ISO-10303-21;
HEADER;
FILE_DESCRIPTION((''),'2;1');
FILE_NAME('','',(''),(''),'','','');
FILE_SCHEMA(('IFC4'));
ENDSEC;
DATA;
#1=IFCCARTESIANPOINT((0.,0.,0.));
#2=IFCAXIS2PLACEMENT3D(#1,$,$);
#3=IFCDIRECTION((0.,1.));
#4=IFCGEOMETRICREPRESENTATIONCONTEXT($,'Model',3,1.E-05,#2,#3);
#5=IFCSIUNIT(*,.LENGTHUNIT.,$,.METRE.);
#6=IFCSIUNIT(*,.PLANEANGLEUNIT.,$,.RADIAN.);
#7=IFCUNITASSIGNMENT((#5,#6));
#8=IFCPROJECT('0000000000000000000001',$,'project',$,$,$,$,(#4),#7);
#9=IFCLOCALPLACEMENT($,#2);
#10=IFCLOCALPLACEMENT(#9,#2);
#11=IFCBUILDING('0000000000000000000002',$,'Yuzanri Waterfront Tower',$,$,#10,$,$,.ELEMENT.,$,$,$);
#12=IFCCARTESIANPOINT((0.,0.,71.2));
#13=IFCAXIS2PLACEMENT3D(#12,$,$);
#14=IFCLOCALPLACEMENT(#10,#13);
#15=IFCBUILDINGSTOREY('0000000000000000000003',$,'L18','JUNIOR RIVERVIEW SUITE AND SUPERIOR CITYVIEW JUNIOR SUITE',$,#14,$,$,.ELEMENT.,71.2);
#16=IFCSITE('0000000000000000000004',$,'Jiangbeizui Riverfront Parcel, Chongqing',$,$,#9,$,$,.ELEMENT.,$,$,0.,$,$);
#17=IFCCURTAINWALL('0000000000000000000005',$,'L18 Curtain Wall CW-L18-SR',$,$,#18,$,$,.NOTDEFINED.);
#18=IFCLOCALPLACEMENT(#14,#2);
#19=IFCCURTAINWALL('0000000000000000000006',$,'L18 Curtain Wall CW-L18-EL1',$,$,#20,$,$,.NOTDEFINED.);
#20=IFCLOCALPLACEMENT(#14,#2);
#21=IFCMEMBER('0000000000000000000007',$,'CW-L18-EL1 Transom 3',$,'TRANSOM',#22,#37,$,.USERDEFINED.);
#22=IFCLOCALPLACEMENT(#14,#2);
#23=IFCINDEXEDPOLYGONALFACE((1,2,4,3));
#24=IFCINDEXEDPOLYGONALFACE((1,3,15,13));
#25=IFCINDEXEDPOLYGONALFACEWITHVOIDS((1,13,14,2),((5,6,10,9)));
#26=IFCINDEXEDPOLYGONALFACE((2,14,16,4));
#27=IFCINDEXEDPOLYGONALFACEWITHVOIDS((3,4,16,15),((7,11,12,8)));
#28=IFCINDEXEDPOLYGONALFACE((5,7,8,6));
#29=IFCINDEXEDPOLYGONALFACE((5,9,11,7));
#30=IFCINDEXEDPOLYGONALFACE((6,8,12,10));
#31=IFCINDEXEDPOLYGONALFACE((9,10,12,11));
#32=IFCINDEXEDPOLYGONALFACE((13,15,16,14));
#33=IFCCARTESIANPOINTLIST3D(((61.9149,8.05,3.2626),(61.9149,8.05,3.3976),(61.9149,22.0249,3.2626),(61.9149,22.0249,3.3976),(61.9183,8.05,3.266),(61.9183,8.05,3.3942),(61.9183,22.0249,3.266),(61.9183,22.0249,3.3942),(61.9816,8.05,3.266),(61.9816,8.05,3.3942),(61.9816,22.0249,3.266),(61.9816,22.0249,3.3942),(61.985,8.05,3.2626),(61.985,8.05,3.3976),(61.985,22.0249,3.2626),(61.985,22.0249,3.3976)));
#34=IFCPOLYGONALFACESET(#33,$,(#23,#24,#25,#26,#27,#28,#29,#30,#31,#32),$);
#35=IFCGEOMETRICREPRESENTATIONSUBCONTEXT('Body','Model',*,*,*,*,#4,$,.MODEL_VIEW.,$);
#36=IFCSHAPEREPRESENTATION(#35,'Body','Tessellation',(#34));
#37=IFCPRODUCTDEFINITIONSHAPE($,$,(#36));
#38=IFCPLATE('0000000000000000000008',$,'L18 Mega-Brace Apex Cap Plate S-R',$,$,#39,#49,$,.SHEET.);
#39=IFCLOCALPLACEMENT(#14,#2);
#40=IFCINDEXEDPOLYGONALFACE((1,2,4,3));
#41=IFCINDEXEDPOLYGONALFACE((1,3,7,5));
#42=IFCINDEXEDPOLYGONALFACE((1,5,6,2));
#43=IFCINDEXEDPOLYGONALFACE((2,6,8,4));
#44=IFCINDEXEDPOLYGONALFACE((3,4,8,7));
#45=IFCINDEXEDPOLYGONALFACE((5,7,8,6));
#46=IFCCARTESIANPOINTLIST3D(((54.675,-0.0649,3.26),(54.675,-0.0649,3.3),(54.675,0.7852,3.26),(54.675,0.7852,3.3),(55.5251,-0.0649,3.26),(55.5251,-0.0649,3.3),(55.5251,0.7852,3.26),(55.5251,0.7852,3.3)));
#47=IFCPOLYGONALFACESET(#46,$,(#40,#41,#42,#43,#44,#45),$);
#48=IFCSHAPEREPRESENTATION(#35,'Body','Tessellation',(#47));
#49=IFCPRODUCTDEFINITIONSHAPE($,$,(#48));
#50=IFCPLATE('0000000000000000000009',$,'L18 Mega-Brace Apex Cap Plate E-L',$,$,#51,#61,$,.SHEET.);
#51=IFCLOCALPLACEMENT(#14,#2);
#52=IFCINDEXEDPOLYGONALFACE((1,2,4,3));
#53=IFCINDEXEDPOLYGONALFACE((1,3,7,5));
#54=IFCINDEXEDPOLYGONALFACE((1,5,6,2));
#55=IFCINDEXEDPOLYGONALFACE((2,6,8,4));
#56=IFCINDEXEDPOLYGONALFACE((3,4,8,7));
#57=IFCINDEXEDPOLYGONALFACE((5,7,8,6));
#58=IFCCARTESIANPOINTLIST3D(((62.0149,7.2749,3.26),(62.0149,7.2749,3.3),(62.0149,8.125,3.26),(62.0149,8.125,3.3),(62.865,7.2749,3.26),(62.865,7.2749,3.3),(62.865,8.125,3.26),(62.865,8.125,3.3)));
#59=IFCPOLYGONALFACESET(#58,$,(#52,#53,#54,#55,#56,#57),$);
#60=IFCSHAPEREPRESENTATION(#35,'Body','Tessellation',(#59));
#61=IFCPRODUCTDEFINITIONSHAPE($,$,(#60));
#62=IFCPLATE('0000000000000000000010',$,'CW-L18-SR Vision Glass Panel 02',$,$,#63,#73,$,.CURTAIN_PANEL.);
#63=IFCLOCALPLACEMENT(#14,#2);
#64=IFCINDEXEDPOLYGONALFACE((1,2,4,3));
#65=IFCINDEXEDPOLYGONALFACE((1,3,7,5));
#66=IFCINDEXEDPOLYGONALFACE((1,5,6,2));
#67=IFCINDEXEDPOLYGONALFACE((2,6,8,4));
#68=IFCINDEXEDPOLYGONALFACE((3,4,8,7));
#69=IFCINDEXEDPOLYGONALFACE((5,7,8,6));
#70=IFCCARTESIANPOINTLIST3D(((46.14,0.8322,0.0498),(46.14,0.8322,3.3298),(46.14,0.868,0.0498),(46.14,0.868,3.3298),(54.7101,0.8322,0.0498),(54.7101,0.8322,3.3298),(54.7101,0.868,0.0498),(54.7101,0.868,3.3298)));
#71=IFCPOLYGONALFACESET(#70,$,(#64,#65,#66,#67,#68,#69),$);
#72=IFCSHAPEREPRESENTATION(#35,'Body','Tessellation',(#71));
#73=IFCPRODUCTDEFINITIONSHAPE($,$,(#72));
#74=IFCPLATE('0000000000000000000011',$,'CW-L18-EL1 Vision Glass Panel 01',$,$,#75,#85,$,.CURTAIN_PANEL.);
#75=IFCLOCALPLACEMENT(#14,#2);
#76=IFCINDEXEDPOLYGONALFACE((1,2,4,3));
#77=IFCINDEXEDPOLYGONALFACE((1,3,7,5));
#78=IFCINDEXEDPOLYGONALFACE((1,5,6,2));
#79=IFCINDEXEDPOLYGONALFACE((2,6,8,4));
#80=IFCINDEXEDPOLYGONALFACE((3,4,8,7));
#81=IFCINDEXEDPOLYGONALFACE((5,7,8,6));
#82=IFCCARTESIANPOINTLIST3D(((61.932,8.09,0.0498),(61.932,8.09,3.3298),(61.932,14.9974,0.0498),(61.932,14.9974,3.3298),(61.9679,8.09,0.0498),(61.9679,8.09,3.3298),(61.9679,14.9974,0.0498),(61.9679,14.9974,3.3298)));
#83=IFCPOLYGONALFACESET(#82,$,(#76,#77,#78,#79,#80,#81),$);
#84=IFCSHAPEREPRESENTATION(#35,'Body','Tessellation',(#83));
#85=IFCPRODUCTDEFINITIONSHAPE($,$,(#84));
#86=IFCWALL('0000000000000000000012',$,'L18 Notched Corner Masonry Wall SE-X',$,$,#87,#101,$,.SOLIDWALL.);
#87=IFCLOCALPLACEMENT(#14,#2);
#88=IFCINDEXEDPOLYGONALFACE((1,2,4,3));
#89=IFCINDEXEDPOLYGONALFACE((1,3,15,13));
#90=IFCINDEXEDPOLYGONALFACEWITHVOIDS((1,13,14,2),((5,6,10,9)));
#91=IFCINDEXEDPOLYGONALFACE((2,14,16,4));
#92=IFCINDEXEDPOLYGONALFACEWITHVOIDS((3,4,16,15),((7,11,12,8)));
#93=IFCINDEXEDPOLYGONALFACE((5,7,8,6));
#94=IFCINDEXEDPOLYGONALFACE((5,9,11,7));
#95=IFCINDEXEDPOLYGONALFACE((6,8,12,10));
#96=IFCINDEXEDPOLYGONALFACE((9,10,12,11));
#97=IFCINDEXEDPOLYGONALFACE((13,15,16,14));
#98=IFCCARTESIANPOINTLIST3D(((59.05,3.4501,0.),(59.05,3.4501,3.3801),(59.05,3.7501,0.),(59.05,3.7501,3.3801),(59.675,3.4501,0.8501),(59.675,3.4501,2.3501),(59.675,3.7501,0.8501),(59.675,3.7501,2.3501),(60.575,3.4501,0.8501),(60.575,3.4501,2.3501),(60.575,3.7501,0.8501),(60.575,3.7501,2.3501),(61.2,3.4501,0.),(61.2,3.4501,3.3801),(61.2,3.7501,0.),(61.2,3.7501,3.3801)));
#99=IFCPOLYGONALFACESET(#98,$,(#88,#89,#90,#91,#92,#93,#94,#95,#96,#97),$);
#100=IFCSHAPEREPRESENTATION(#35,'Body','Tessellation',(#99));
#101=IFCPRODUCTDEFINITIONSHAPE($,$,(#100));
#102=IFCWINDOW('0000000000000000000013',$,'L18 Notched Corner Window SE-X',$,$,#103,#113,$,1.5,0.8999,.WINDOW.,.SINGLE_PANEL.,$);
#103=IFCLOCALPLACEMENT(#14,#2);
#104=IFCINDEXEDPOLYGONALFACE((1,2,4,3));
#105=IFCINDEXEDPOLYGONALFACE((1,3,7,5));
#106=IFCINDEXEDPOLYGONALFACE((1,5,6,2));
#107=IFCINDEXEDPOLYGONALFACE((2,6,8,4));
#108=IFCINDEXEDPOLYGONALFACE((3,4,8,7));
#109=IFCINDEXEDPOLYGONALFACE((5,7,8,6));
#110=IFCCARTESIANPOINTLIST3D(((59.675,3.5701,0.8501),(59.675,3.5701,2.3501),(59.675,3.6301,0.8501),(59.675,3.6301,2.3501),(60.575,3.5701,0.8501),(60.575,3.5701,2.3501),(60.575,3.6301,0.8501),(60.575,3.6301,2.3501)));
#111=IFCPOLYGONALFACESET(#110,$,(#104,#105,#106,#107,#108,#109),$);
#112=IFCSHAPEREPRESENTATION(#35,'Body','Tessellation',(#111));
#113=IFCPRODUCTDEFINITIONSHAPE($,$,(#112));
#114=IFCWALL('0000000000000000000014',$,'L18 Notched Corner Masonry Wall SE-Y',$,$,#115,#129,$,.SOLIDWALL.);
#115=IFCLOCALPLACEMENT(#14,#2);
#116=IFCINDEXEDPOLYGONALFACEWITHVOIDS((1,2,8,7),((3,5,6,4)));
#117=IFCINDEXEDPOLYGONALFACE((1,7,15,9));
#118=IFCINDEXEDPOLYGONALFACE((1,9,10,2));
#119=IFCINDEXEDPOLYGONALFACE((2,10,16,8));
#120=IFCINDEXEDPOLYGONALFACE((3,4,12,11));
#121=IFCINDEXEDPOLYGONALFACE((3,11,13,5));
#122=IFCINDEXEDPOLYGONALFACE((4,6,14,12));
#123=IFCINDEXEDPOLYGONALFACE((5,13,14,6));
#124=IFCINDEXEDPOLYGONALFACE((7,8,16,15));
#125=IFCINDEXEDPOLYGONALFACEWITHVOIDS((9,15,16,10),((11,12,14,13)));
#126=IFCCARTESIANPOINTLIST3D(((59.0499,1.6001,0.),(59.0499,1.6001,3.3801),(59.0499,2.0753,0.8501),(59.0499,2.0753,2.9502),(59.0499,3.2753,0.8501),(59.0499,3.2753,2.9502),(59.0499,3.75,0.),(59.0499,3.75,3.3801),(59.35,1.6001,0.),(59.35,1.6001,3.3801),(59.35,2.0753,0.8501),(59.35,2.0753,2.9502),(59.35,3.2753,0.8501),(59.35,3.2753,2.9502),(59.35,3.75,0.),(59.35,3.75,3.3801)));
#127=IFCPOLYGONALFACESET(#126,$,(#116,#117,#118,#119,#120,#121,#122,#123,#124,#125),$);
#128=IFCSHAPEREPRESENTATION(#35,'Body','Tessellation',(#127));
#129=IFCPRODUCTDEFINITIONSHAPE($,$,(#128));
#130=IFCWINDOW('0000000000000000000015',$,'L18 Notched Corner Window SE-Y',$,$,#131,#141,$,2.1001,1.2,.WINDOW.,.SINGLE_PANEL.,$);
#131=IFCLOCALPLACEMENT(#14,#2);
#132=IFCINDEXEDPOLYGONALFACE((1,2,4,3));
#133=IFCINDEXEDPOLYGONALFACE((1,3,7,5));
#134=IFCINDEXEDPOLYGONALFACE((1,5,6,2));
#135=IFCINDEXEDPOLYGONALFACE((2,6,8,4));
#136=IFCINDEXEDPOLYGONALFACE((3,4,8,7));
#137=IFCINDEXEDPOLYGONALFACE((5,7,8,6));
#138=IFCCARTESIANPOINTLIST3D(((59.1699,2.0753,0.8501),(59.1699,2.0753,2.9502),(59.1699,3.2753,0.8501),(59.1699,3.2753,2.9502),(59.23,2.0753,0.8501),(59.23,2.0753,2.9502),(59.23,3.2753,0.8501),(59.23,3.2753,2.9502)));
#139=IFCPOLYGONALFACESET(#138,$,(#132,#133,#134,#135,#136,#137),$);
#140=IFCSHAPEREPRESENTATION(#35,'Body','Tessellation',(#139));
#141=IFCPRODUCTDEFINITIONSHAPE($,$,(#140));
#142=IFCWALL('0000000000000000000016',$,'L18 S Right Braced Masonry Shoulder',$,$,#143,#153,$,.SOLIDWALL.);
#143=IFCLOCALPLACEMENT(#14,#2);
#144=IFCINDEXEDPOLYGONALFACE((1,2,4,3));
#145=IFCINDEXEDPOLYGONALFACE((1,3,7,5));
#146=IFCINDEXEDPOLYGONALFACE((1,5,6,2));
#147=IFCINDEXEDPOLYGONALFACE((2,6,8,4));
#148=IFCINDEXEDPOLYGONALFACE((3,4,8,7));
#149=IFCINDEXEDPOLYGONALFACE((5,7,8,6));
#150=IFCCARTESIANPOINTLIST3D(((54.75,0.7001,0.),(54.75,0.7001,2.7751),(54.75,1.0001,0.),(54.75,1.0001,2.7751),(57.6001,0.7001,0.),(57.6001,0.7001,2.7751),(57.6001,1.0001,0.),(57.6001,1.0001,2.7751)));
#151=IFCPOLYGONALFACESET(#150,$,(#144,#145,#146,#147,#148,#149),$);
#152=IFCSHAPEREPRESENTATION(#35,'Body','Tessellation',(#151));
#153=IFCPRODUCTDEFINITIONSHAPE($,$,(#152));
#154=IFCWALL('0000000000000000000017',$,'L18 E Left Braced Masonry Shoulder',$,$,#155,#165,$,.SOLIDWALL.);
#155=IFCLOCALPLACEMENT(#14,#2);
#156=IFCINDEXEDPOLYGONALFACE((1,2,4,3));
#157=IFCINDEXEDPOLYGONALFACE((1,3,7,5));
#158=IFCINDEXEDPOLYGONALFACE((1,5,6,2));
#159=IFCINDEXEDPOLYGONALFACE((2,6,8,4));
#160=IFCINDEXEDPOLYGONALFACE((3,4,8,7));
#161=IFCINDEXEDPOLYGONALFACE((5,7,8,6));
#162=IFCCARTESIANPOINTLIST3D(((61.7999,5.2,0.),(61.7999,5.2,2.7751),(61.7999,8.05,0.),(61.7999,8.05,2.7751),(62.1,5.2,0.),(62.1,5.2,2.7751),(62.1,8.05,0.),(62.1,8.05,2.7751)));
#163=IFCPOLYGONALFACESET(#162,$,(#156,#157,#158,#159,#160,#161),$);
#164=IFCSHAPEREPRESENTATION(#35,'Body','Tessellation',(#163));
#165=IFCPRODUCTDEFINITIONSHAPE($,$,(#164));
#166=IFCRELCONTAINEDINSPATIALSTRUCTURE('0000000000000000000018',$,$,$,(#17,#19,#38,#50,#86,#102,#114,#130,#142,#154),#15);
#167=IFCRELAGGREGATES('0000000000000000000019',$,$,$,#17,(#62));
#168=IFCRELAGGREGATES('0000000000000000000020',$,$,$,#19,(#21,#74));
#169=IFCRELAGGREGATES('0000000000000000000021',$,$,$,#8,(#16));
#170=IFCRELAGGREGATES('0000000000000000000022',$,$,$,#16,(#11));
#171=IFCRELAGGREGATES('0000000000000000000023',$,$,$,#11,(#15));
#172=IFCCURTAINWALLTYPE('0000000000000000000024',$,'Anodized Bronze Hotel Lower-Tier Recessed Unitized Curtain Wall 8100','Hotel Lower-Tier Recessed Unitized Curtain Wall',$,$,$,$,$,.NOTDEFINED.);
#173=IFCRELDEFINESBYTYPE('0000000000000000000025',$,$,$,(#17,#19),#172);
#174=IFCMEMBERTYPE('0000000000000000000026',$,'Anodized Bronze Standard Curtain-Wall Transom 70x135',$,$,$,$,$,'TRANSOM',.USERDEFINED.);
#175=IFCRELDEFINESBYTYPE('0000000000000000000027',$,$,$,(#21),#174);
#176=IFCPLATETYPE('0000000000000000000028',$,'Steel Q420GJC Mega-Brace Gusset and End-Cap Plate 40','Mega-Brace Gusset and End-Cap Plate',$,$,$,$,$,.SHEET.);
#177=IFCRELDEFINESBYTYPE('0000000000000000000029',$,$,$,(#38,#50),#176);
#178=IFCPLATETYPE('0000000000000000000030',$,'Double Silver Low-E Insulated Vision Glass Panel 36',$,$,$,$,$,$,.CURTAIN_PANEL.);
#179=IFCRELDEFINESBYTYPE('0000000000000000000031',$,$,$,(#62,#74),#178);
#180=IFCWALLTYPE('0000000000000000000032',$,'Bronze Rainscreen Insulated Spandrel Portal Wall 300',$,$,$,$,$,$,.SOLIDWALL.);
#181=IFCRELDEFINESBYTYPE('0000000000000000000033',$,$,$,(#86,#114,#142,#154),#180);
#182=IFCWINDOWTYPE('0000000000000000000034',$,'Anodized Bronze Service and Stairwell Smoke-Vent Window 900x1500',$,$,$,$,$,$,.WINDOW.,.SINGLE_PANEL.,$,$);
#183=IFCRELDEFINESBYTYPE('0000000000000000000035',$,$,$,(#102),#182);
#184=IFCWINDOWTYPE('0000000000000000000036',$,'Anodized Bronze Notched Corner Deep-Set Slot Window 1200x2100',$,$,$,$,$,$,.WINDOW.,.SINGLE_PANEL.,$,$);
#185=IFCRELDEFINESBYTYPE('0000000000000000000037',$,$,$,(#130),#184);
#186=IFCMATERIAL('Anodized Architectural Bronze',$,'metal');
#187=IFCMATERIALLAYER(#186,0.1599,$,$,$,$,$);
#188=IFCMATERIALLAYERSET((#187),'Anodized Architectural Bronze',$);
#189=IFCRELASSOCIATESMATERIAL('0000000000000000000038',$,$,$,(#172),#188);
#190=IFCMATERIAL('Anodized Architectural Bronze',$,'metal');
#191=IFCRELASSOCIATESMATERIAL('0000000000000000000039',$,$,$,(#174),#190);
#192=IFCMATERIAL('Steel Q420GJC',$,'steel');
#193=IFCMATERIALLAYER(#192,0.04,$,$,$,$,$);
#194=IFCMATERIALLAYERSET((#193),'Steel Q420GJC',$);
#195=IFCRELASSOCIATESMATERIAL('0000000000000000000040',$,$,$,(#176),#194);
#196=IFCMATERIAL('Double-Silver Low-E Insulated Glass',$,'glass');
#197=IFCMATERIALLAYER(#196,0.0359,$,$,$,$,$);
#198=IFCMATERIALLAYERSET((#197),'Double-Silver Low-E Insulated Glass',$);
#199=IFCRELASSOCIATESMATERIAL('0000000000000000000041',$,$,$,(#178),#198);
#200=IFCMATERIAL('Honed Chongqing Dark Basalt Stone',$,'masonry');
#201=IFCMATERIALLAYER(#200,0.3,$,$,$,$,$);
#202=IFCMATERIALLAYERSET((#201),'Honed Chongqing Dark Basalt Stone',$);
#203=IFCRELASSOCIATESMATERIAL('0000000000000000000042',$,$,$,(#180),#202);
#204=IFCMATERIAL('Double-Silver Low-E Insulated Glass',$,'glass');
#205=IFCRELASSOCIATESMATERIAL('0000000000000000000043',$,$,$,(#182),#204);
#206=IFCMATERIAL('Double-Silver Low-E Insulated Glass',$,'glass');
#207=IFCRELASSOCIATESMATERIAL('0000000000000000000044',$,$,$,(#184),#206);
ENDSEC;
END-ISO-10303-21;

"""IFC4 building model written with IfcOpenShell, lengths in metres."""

from ifc_helpers import new_model, si_unit, direction, frame, frame_2d, origin, origin_2d, place, context, subcontext, project, spatial, rectangle, hollow_rectangle, extrude, source, transform, mapped, material, layer, layer_set, material_profile, profile_set, type_object, element, fill, aggregate, save


model = new_model("IFC4")

# Units and contexts
model_context = context("Model", 3, precision=1e-05, world=origin(), true_north=direction((0.0, 1.0)))
body_context = subcontext(model_context, "Body", "Model", "MODEL_VIEW")
ifc_project = project(units=[si_unit("LENGTHUNIT", "METRE"), si_unit("PLANEANGLEUNIT", "RADIAN")], contexts=[model_context])

# Site, building, storey
site_placement = place(None, origin())
site = spatial("IfcSite", under=ifc_project, at=site_placement, Name="Jiangbeizui Riverfront Parcel, Chongqing", CompositionType="ELEMENT", RefElevation=0.0)
building_placement = place(site_placement, origin())
building = spatial("IfcBuilding", under=site, at=building_placement, Name="Yuzanri Waterfront Tower", CompositionType="ELEMENT")
storey_placement = place(building_placement, frame((0.0, 0.0, 71.2)))
storey = spatial("IfcBuildingStorey", under=building, at=storey_placement, Name="L18", Description="JUNIOR RIVERVIEW SUITE AND SUPERIOR CITYVIEW JUNIOR SUITE", CompositionType="ELEMENT", Elevation=71.2)

# Curtain walls, member
ifc_material_1 = material(Name="Anodized Architectural Bronze", Category="metal")
ifc_layer_1 = layer(ifc_material_1, 0.1599)
ifc_layer_set_1 = layer_set([ifc_layer_1], Name="Anodized Architectural Bronze")
curtain_wall_type = type_object("IfcCurtainWallType", Name="Anodized Bronze Hotel Lower-Tier Recessed Unitized Curtain Wall 8100", Description="Hotel Lower-Tier Recessed Unitized Curtain Wall", PredefinedType="NOTDEFINED", material=ifc_layer_set_1)
curtain_wall_1_placement = place(storey_placement, origin())
curtain_wall_1 = element("IfcCurtainWall", 1, at=curtain_wall_1_placement, inside=storey, type_object=curtain_wall_type, Name="L18 Curtain Wall CW-L18-SR", PredefinedType="NOTDEFINED")
curtain_wall_2_placement = place(storey_placement, origin())
curtain_wall_2 = element("IfcCurtainWall", 2, at=curtain_wall_2_placement, inside=storey, type_object=curtain_wall_type, Name="L18 Curtain Wall CW-L18-EL1", PredefinedType="NOTDEFINED")
ifc_material_2 = material(Name="Anodized Architectural Bronze", Category="metal")
ifc_material_profile_1 = material_profile(ifc_material_2, hollow_rectangle(XDim=0.0701, YDim=0.135, WallThickness=0.0034, at=origin_2d()), Name="CWT 70x135")
ifc_profile_set_1 = profile_set([ifc_material_profile_1], Name="Anodized Architectural Bronze")
member_type_1 = type_object("IfcMemberType", Name="Anodized Bronze Standard Curtain-Wall Transom 70x135", ElementType="TRANSOM", PredefinedType="USERDEFINED", material=ifc_profile_set_1)
shared_shape_1 = source(origin(), body_context, "Body", "SweptSolid", [
    extrude(hollow_rectangle(XDim=0.0701, YDim=0.135, WallThickness=0.0034, at=origin_2d()), origin(), (0.0, 0.0, 1.0), 13.9749),
])
member_1_placement = place(storey_placement, frame((61.95, 8.05, 3.3301), z_axis=(0.0, 1.0, 0.0), x_axis=(-1.0, 0.0, 0.0)))
member_1 = element("IfcMember", 3, at=member_1_placement, type_object=member_type_1, Name="CW-L18-EL1 Transom 3", ObjectType="TRANSOM", PredefinedType="USERDEFINED", context=body_context, shape_type="MappedRepresentation", body=[
    mapped(shared_shape_1, transform((0.0, 0.0, 0.0), scale=1.0)),
])

# Plates
ifc_material_3 = material(Name="Steel Q420GJC", Category="steel")
ifc_layer_2 = layer(ifc_material_3, 0.04)
ifc_layer_set_2 = layer_set([ifc_layer_2], Name="Steel Q420GJC")
plate_type_1 = type_object("IfcPlateType", Name="Steel Q420GJC Mega-Brace Gusset and End-Cap Plate 40", Description="Mega-Brace Gusset and End-Cap Plate", PredefinedType="SHEET", material=ifc_layer_set_2)
shared_shape_2 = source(origin(), body_context, "Body", "SweptSolid", [
    extrude(rectangle(XDim=0.8501, YDim=0.8501, at=origin_2d()), origin(), (0.0, 0.0, 1.0), 0.04),
])
for number, where, z_axis, x_axis, name in (
    (4, (55.1001, 0.3601, 3.26), (0.0, 0.0, 1.0), (1.0, 0.0, 0.0), "L18 Mega-Brace Apex Cap Plate S-R"),
    (5, (62.4399, 7.7, 3.26), (0.0, 0.0, 1.0), (1.0, 0.0, 0.0), "L18 Mega-Brace Apex Cap Plate E-L"),
):
    element("IfcPlate", number, at=place(storey_placement, frame(where, z_axis=z_axis, x_axis=x_axis)), inside=storey, type_object=plate_type_1, Name=name, PredefinedType="SHEET", context=body_context, shape_type="MappedRepresentation", body=[
        mapped(shared_shape_2, transform((0.0, 0.0, 0.0), scale=1.0)),
    ])

# Plates
ifc_material_4 = material(Name="Double-Silver Low-E Insulated Glass", Category="glass")
ifc_layer_3 = layer(ifc_material_4, 0.0359)
ifc_layer_set_3 = layer_set([ifc_layer_3], Name="Double-Silver Low-E Insulated Glass")
plate_type_2 = type_object("IfcPlateType", Name="Double Silver Low-E Insulated Vision Glass Panel 36", PredefinedType="CURTAIN_PANEL", material=ifc_layer_set_3)
shared_shape_3 = source(origin(), body_context, "Body", "SweptSolid", [
    extrude(rectangle(XDim=8.5701, YDim=0.0359, at=origin_2d()), origin(), (0.0, 0.0, 1.0), 3.28),
])
plate_1_placement = place(storey_placement, frame((50.425, 0.8501, 0.0498), z_axis=(0.0, 0.0, 1.0), x_axis=(1.0, 0.0, 0.0)))
plate_1 = element("IfcPlate", 6, at=plate_1_placement, type_object=plate_type_2, Name="CW-L18-SR Vision Glass Panel 02", PredefinedType="CURTAIN_PANEL", context=body_context, shape_type="MappedRepresentation", body=[
    mapped(shared_shape_3, transform((0.0, 0.0, 0.0), scale=1.0)),
])
aggregate(curtain_wall_1, [plate_1])
shared_shape_4 = source(origin(), body_context, "Body", "SweptSolid", [
    extrude(rectangle(XDim=6.9075, YDim=0.0359, at=origin_2d()), origin(), (0.0, 0.0, 1.0), 3.28),
])
plate_2_placement = place(storey_placement, frame((61.95, 11.5437, 0.0498), z_axis=(0.0, 0.0, 1.0), x_axis=(0.0, 1.0, 0.0)))
plate_2 = element("IfcPlate", 7, at=plate_2_placement, type_object=plate_type_2, Name="CW-L18-EL1 Vision Glass Panel 01", PredefinedType="CURTAIN_PANEL", context=body_context, shape_type="MappedRepresentation", body=[
    mapped(shared_shape_4, transform((0.0, 0.0, 0.0), scale=1.0)),
])
aggregate(curtain_wall_2, [member_1, plate_2])

# Walls, openings, windows
ifc_material_5 = material(Name="Honed Chongqing Dark Basalt Stone", Category="masonry")
ifc_layer_4 = layer(ifc_material_5, 0.3)
ifc_layer_set_4 = layer_set([ifc_layer_4], Name="Honed Chongqing Dark Basalt Stone")
wall_type_1 = type_object("IfcWallType", Name="Bronze Rainscreen Insulated Spandrel Portal Wall 300", PredefinedType="SOLIDWALL", material=ifc_layer_set_4)
wall_1_placement = place(storey_placement, frame((59.05, 3.6001, 0.0), z_axis=(0.0, 0.0, 1.0), x_axis=(1.0, 0.0, 0.0)))
wall_1 = element("IfcWall", 8, at=wall_1_placement, inside=storey, type_object=wall_type_1, Name="L18 Notched Corner Masonry Wall SE-X", PredefinedType="SOLIDWALL", context=body_context, shape_type="SweptSolid", body=[
    extrude(rectangle(XDim=2.1499, YDim=0.3, at=frame_2d((1.075, 0.0))), origin(), (0.0, 0.0, 1.0), 3.3801),
])
opening_1_placement = place(wall_1_placement, frame((0.625, 0.0, 0.8501)))
opening_1 = element("IfcOpeningElement", 9, at=opening_1_placement, cuts=wall_1, PredefinedType="OPENING", context=body_context, shape_type="SweptSolid", body=[
    extrude(rectangle(XDim=0.8999, YDim=1.5, at=frame_2d((0.45, 0.75))), frame((0.0, 0.165, 0.0), z_axis=(0.0, -1.0, 0.0), x_axis=(1.0, 0.0, 0.0)), (0.0, 0.0, 1.0), 0.3298),
])
ifc_material_6 = material(Name="Double-Silver Low-E Insulated Glass", Category="glass")
window_type_1 = type_object("IfcWindowType", Name="Anodized Bronze Service and Stairwell Smoke-Vent Window 900x1500", PartitioningType="SINGLE_PANEL", PredefinedType="WINDOW", material=ifc_material_6)
shared_shape_5 = source(origin(), body_context, "Body", "SweptSolid", [
    extrude(rectangle(XDim=0.8999, YDim=1.5, at=frame_2d((0.45, 0.75))), frame((0.0, 0.03, 0.0), z_axis=(0.0, -1.0, 0.0), x_axis=(1.0, 0.0, 0.0)), (0.0, 0.0, 1.0), 0.0601),
])
window_1_placement = place(opening_1_placement, origin())
window_1 = element("IfcWindow", 10, at=window_1_placement, inside=storey, type_object=window_type_1, Name="L18 Notched Corner Window SE-X", OverallHeight=1.5, OverallWidth=0.8999, PartitioningType="SINGLE_PANEL", PredefinedType="WINDOW", context=body_context, shape_type="MappedRepresentation", body=[
    mapped(shared_shape_5, transform((0.0, 0.0, 0.0), scale=1.0)),
])
fill(opening_1, window_1)
wall_2_placement = place(storey_placement, frame((59.2, 1.6001, 0.0), z_axis=(0.0, 0.0, 1.0), x_axis=(0.0, 1.0, 0.0)))
wall_2 = element("IfcWall", 11, at=wall_2_placement, inside=storey, type_object=wall_type_1, Name="L18 Notched Corner Masonry Wall SE-Y", PredefinedType="SOLIDWALL", context=body_context, shape_type="SweptSolid", body=[
    extrude(rectangle(XDim=2.1499, YDim=0.3, at=frame_2d((1.075, 0.0))), origin(), (0.0, 0.0, 1.0), 3.3801),
])
opening_2_placement = place(wall_2_placement, frame((0.4751, 0.0, 0.8501)))
opening_2 = element("IfcOpeningElement", 12, at=opening_2_placement, cuts=wall_2, PredefinedType="OPENING", context=body_context, shape_type="SweptSolid", body=[
    extrude(rectangle(XDim=1.2, YDim=2.1001, at=frame_2d((0.6001, 1.05))), frame((0.0, 0.165, 0.0), z_axis=(0.0, -1.0, 0.0), x_axis=(1.0, 0.0, 0.0)), (0.0, 0.0, 1.0), 0.3298),
])
ifc_material_7 = material(Name="Double-Silver Low-E Insulated Glass", Category="glass")
window_type_2 = type_object("IfcWindowType", Name="Anodized Bronze Notched Corner Deep-Set Slot Window 1200x2100", PartitioningType="SINGLE_PANEL", PredefinedType="WINDOW", material=ifc_material_7)
shared_shape_6 = source(origin(), body_context, "Body", "SweptSolid", [
    extrude(rectangle(XDim=1.2, YDim=2.1001, at=frame_2d((0.6001, 1.05))), frame((0.0, 0.03, 0.0), z_axis=(0.0, -1.0, 0.0), x_axis=(1.0, 0.0, 0.0)), (0.0, 0.0, 1.0), 0.0601),
])
window_2_placement = place(opening_2_placement, origin())
window_2 = element("IfcWindow", 13, at=window_2_placement, inside=storey, type_object=window_type_2, Name="L18 Notched Corner Window SE-Y", OverallHeight=2.1001, OverallWidth=1.2, PartitioningType="SINGLE_PANEL", PredefinedType="WINDOW", context=body_context, shape_type="MappedRepresentation", body=[
    mapped(shared_shape_6, transform((0.0, 0.0, 0.0), scale=1.0)),
])
fill(opening_2, window_2)

# Walls
shared_shape_7 = source(origin(), body_context, "Body", "SweptSolid", [
    extrude(rectangle(XDim=2.8501, YDim=0.3, at=frame_2d((1.425, 0.0))), origin(), (0.0, 0.0, 1.0), 2.7751),
])
for number, where, z_axis, x_axis, name in (
    (14, (54.75, 0.8501, 0.0), (0.0, 0.0, 1.0), (1.0, 0.0, 0.0), "L18 S Right Braced Masonry Shoulder"),
    (15, (61.95, 5.2, 0.0), (0.0, 0.0, 1.0), (0.0, 1.0, 0.0), "L18 E Left Braced Masonry Shoulder"),
):
    element("IfcWall", number, at=place(storey_placement, frame(where, z_axis=z_axis, x_axis=x_axis)), inside=storey, type_object=wall_type_1, Name=name, PredefinedType="SOLIDWALL", context=body_context, shape_type="MappedRepresentation", body=[
        mapped(shared_shape_7, transform((0.0, 0.0, 0.0), scale=1.0)),
    ])

save(model, "model.ifc")
